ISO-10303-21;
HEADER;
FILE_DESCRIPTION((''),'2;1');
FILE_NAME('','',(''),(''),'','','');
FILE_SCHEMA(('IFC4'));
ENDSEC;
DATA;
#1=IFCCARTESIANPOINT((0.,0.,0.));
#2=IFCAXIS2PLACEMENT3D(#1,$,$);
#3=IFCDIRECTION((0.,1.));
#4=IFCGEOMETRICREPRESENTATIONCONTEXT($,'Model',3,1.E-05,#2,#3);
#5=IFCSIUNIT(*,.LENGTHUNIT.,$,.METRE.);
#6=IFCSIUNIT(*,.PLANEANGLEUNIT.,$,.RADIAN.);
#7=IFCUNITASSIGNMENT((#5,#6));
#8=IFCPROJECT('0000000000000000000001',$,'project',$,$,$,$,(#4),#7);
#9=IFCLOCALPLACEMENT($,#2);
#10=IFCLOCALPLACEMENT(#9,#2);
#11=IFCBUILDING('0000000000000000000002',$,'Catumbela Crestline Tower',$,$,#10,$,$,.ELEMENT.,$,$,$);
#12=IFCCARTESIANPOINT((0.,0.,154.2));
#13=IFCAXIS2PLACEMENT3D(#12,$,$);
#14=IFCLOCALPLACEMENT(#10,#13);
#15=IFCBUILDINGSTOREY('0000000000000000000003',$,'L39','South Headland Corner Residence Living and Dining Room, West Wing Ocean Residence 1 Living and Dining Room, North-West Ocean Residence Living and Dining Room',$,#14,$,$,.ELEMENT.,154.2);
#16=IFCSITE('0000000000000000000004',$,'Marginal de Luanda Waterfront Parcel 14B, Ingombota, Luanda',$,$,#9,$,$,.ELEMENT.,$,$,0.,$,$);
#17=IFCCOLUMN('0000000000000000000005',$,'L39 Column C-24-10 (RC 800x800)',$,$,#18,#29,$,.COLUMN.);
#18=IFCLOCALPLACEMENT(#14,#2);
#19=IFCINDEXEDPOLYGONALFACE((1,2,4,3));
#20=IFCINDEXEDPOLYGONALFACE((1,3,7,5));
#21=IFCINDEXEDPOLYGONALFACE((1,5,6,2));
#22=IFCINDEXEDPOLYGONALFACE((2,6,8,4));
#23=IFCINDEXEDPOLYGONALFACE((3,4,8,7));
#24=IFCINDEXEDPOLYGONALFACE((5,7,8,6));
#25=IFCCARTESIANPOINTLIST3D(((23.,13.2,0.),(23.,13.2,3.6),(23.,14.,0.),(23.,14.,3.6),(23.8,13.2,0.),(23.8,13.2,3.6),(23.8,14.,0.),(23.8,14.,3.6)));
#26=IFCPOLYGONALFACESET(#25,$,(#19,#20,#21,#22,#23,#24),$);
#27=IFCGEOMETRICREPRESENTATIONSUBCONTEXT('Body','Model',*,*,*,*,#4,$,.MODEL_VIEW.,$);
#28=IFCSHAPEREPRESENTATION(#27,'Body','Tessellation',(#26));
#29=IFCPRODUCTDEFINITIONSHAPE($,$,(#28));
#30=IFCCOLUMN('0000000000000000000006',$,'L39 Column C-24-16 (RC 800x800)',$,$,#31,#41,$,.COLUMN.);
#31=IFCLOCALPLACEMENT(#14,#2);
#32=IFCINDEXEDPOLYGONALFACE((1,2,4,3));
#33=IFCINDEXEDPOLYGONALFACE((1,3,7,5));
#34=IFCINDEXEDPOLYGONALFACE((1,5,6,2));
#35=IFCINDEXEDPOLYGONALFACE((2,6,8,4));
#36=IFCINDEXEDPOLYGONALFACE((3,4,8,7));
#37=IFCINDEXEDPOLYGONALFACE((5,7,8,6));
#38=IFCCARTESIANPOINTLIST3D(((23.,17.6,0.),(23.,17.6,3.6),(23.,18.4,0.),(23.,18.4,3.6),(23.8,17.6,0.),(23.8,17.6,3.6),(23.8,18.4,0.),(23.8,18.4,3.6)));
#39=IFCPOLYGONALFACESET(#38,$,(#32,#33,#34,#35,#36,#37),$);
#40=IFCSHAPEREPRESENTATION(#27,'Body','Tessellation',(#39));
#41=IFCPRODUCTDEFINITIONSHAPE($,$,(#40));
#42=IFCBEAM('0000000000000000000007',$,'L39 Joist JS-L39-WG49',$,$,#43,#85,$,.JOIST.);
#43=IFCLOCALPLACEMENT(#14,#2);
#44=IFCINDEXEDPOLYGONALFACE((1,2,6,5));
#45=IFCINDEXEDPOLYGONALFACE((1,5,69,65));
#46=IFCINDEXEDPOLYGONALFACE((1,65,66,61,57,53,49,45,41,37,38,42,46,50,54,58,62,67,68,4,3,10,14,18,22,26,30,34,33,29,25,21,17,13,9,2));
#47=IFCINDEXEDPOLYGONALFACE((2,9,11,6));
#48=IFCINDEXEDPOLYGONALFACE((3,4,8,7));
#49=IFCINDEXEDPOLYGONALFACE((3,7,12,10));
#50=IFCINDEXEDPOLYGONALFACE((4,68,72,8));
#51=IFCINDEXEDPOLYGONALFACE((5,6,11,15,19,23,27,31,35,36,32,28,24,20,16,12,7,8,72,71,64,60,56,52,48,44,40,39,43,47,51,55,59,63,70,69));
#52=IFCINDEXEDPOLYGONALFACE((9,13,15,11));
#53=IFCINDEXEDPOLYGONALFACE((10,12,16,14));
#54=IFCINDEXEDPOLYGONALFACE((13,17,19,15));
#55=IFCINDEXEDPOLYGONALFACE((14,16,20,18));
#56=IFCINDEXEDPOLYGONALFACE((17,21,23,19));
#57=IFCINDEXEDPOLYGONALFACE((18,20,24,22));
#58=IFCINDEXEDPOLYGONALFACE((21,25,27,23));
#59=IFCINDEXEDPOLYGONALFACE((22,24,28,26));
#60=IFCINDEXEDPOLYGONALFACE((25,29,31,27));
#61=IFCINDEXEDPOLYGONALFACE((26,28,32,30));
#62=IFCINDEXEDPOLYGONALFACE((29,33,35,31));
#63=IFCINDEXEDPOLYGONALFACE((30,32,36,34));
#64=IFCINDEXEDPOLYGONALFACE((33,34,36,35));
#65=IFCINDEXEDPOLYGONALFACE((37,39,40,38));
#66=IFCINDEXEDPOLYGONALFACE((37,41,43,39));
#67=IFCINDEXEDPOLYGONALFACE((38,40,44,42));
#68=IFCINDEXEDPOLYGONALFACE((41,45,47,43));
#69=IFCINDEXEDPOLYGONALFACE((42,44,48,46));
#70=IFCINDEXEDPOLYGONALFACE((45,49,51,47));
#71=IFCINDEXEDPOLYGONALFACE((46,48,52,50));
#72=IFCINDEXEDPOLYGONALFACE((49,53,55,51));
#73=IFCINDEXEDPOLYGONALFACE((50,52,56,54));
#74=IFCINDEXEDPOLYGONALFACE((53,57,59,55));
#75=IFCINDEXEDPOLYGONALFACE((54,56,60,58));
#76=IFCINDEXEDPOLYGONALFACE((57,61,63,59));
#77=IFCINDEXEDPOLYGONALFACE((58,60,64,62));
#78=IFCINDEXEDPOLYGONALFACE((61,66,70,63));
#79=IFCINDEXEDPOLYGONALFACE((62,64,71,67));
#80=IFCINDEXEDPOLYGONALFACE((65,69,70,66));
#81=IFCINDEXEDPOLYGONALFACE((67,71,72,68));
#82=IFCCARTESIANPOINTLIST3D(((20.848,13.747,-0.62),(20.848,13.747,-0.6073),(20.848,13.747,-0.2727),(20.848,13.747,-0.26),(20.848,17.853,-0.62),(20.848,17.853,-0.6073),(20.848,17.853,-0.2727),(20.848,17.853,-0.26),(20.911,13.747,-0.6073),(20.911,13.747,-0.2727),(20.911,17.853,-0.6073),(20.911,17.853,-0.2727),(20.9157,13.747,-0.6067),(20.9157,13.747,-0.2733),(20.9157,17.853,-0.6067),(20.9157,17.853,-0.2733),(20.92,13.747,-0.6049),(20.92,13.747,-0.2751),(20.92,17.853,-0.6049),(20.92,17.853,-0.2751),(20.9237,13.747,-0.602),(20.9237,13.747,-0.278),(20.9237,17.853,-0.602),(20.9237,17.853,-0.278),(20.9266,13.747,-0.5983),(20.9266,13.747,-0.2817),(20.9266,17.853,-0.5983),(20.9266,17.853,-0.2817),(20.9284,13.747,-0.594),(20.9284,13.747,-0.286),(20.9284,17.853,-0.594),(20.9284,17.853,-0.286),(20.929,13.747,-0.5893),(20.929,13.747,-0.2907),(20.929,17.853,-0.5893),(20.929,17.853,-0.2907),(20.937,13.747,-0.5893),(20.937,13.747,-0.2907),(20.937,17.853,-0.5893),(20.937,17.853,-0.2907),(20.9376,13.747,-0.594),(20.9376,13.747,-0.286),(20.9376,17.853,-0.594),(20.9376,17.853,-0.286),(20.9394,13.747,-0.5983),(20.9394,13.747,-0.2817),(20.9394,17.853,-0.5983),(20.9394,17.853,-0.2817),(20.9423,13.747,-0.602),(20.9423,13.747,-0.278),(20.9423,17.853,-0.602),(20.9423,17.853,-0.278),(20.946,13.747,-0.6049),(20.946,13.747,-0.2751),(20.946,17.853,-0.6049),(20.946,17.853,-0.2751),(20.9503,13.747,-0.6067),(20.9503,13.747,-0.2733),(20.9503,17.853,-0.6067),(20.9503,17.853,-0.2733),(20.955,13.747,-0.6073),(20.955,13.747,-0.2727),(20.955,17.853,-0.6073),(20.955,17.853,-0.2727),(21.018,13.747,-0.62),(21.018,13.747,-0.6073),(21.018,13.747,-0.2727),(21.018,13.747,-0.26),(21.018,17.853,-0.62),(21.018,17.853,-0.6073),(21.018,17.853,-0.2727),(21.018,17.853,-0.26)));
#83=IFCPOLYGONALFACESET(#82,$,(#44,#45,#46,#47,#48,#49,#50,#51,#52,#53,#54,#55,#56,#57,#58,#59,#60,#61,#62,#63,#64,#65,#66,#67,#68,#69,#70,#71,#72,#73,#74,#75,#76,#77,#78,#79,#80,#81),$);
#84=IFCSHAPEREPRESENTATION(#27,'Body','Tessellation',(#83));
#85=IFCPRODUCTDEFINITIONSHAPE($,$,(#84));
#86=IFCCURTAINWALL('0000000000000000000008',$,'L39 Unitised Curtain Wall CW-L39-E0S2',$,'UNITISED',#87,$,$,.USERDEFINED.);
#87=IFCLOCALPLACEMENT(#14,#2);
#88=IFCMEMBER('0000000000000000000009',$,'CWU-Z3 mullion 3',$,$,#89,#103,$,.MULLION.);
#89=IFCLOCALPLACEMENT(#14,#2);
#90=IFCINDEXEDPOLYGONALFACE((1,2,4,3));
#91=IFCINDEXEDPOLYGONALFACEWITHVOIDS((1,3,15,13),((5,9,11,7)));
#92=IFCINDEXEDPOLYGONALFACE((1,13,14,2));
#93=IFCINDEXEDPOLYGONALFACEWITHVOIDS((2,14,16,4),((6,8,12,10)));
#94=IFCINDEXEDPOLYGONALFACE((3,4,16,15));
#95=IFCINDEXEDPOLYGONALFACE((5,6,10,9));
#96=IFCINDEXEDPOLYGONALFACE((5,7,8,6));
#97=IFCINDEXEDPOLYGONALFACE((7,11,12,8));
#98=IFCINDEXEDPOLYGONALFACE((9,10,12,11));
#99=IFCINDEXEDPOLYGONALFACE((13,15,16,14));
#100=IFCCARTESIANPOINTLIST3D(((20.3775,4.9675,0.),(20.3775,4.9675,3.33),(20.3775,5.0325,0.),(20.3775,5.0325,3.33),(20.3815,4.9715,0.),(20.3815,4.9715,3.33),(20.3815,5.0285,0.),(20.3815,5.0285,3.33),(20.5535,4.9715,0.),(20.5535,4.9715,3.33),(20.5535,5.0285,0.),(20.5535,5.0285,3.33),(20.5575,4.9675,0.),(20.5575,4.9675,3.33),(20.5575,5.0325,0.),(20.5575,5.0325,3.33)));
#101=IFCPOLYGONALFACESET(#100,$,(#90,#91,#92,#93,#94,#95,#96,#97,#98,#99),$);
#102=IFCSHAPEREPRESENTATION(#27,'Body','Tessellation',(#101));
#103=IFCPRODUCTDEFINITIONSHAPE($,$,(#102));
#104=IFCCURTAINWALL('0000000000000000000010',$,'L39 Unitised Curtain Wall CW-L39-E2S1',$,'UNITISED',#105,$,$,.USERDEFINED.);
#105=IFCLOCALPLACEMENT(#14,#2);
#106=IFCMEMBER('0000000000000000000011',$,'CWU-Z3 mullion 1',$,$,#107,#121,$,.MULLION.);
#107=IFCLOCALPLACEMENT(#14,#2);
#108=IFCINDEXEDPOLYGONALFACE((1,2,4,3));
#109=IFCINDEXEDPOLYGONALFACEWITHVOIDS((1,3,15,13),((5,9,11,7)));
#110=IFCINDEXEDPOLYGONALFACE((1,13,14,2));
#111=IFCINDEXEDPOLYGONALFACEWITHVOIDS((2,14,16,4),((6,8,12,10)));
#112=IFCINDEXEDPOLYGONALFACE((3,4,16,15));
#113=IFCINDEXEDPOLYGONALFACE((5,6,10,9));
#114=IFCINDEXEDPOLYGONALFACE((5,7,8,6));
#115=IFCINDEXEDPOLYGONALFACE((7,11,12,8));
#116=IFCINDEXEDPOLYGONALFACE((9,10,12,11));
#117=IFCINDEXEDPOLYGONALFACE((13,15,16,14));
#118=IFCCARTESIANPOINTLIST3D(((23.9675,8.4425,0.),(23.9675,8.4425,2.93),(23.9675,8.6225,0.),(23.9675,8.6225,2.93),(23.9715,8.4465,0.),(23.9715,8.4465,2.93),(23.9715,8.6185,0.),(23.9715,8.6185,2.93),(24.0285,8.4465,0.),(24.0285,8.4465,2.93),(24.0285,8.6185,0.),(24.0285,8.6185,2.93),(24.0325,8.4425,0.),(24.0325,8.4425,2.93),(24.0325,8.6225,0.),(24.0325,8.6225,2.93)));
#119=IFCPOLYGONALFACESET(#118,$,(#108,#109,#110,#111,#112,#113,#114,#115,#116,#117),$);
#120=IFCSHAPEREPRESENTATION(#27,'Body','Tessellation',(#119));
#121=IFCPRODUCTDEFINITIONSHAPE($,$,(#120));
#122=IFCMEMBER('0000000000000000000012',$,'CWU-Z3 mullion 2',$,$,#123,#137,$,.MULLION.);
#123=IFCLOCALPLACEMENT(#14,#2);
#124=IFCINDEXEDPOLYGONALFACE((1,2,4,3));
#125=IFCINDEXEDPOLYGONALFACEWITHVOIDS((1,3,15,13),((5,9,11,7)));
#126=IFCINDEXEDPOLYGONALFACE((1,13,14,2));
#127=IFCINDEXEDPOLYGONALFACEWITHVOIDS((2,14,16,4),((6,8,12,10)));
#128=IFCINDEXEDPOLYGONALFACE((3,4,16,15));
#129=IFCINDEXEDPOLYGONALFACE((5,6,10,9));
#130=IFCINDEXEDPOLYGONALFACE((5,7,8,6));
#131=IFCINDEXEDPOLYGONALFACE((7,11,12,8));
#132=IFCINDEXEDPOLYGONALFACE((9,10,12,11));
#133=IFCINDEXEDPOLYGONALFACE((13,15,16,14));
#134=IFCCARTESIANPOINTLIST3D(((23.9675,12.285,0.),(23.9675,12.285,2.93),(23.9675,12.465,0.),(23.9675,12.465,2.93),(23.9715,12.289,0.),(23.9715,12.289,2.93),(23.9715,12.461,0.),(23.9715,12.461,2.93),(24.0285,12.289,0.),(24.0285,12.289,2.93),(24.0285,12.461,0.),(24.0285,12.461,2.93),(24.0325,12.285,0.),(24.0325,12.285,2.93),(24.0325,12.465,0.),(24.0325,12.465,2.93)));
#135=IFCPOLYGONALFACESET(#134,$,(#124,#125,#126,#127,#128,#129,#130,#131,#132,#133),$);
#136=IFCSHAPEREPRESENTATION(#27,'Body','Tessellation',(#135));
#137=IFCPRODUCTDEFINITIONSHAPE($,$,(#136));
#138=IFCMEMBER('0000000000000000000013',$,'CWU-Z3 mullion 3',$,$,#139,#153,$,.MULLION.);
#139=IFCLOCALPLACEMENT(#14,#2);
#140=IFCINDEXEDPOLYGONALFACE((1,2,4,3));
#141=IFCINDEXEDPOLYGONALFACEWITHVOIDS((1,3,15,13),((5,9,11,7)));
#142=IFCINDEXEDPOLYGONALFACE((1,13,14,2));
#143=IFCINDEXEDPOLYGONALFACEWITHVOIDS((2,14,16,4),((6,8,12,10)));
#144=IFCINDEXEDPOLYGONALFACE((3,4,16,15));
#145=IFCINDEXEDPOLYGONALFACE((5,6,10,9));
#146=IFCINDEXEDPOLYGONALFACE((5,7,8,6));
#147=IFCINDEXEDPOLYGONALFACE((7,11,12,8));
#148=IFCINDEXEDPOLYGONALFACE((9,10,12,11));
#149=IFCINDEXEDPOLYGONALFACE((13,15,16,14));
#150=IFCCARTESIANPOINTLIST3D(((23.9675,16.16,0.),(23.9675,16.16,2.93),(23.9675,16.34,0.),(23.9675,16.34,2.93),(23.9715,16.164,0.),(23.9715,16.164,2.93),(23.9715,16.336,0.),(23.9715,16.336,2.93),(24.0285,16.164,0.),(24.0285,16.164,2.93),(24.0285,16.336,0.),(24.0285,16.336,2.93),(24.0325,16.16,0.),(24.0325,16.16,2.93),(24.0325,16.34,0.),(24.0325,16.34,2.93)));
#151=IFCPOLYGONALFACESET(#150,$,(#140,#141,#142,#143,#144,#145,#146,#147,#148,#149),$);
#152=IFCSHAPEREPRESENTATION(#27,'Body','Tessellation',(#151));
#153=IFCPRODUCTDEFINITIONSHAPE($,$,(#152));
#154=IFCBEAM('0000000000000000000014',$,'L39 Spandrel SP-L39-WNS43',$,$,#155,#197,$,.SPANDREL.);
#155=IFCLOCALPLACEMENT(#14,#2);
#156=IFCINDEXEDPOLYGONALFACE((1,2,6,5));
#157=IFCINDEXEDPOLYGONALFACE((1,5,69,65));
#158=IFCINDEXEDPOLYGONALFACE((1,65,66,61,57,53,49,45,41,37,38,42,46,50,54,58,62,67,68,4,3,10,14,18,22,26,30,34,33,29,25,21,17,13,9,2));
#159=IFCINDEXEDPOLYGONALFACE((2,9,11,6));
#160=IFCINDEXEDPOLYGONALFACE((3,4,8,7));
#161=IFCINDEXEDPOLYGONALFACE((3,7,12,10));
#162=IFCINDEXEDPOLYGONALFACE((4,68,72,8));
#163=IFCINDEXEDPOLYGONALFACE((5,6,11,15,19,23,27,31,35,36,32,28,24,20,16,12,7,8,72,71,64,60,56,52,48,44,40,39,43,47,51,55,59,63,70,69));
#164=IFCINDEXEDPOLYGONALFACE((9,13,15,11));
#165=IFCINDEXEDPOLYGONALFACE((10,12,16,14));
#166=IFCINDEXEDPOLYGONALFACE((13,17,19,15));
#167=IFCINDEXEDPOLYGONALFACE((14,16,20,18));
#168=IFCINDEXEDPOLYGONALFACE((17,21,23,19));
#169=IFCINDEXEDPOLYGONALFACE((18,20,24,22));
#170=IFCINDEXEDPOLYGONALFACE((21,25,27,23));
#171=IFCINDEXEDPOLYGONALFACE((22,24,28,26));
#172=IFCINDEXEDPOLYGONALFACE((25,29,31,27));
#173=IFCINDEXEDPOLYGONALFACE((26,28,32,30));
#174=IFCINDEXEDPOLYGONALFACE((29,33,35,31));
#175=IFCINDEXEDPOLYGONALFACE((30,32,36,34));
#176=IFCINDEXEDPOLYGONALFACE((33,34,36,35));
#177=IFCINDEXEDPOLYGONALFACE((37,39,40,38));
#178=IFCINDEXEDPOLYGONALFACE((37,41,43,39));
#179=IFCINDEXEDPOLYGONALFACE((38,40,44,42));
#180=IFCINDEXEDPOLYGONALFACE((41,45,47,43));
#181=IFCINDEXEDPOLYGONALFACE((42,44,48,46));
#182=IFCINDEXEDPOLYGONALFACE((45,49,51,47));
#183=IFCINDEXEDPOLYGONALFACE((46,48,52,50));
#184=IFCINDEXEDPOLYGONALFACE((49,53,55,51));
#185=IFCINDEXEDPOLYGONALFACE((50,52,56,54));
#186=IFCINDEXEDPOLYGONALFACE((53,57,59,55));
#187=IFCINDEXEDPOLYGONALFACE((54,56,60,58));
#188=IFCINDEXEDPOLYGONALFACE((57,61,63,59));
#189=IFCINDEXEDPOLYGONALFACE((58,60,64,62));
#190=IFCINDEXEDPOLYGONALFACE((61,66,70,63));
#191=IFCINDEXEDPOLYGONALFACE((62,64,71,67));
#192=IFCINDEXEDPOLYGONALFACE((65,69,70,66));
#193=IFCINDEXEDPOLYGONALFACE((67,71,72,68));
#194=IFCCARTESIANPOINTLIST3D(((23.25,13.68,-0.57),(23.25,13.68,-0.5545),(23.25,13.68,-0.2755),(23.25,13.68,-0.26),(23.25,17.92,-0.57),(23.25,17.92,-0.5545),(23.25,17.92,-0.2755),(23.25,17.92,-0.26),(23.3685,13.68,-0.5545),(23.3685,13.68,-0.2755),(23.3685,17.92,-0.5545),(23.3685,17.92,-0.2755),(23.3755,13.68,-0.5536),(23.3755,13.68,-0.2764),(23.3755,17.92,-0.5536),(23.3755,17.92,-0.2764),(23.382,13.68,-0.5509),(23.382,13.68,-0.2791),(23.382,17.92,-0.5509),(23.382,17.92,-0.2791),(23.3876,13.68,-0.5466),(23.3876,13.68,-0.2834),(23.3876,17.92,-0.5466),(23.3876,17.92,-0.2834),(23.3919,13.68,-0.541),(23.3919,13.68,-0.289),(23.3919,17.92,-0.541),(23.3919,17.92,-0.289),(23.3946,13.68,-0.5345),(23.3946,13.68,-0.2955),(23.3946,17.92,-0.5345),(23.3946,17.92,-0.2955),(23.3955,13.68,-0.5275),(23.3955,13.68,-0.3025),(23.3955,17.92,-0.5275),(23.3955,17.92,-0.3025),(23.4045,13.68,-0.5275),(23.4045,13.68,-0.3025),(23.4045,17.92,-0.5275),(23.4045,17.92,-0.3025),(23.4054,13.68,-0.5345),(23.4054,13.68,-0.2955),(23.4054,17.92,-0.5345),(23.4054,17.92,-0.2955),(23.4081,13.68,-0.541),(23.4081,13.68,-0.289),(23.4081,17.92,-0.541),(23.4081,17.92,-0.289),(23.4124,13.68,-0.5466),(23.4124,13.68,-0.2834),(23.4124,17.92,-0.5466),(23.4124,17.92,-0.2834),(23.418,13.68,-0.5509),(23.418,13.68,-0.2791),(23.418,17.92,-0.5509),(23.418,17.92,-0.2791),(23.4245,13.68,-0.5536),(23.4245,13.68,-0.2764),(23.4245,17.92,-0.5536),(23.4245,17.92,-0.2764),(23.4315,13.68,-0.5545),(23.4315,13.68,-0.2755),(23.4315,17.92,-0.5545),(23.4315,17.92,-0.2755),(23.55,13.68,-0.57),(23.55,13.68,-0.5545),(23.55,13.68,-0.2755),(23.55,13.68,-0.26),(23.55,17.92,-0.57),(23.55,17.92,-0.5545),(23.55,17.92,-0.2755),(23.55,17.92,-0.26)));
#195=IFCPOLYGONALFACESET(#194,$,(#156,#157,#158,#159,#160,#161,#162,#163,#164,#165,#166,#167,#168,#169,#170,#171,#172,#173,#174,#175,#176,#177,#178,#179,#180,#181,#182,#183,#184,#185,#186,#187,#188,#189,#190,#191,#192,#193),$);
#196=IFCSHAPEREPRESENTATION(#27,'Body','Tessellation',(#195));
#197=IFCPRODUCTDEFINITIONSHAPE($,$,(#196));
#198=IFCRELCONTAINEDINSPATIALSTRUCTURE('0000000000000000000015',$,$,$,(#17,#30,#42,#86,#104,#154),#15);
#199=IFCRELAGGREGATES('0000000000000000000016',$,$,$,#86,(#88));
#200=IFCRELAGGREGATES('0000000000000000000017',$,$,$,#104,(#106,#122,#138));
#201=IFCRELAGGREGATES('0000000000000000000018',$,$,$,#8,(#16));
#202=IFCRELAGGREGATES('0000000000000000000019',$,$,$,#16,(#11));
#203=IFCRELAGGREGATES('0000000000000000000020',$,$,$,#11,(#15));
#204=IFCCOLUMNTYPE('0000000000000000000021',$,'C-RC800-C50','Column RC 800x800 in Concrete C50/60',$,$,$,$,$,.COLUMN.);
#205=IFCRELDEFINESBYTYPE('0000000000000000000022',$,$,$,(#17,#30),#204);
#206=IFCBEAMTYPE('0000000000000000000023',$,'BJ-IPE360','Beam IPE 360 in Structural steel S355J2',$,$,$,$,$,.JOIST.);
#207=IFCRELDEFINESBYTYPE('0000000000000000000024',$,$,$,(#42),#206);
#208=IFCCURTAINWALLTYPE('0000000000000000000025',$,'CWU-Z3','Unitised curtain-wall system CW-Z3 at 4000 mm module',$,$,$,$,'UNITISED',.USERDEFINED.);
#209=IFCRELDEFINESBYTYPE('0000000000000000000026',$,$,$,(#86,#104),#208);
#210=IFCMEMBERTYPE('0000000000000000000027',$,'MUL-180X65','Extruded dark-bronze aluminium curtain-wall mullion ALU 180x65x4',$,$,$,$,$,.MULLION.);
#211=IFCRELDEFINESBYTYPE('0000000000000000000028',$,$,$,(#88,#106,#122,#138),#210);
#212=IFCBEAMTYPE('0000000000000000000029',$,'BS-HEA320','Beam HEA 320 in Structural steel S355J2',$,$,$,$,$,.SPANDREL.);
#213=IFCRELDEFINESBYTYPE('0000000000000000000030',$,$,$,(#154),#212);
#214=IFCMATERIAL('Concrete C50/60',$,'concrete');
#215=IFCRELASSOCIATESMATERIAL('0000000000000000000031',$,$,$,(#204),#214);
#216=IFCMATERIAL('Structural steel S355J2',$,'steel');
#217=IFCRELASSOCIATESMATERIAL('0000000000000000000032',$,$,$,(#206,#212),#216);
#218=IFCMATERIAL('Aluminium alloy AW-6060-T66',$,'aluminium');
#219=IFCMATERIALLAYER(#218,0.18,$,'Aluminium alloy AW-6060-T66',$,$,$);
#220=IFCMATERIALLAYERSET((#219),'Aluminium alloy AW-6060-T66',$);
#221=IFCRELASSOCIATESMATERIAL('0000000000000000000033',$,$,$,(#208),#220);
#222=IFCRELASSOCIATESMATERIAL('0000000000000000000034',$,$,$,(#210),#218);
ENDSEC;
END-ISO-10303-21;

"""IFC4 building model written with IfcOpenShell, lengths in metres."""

from ifc_helpers import new_model, si_unit, direction, frame, origin, origin_2d, place, context, subcontext, project, spatial, rectangle, hollow_rectangle, i_section, extrude, material, layer, layer_set, material_profile, profile_set, type_object, element, aggregate, save


model = new_model("IFC4")

# Units and contexts
model_context = context("Model", 3, precision=1e-05, world=origin(), true_north=direction((0.0, 1.0)))
body_context = subcontext(model_context, "Body", "Model", "MODEL_VIEW")
ifc_project = project(units=[si_unit("LENGTHUNIT", "METRE"), si_unit("PLANEANGLEUNIT", "RADIAN")], contexts=[model_context])

# Site, building, storey
site_placement = place(None, origin())
site = spatial("IfcSite", under=ifc_project, at=site_placement, Name="Marginal de Luanda Waterfront Parcel 14B, Ingombota, Luanda", CompositionType="ELEMENT", RefElevation=0.0)
building_placement = place(site_placement, origin())
building = spatial("IfcBuilding", under=site, at=building_placement, Name="Catumbela Crestline Tower", CompositionType="ELEMENT")
storey_placement = place(building_placement, frame((0.0, 0.0, 154.2)))
storey = spatial("IfcBuildingStorey", under=building, at=storey_placement, Name="L39", Description="South Headland Corner Residence Living and Dining Room, West Wing Ocean Residence 1 Living and Dining Room, North-West Ocean Residence Living and Dining Room", CompositionType="ELEMENT", Elevation=154.2)

# Columns
ifc_material_1 = material(Name="Concrete C50/60", Category="concrete")
ifc_material_profile_1 = material_profile(ifc_material_1, rectangle(XDim=0.8, YDim=0.8, at=origin_2d()), Name="RC 800x800")
ifc_profile_set_1 = profile_set([ifc_material_profile_1], Name="Concrete C50/60")
column_type = type_object("IfcColumnType", Name="C-RC800-C50", Description="Column RC 800x800 in Concrete C50/60", PredefinedType="COLUMN", material=ifc_profile_set_1)
for number, where, z_axis, x_axis, name in (
    (1, (23.4, 13.6, 0.0), (0.0, 0.0, 1.0), (1.0, 0.0, 0.0), "L39 Column C-24-10 (RC 800x800)"),
    (2, (23.4, 18.0, 0.0), (0.0, 0.0, 1.0), (1.0, 0.0, 0.0), "L39 Column C-24-16 (RC 800x800)"),
):
    element("IfcColumn", number, at=place(storey_placement, frame(where, z_axis=z_axis, x_axis=x_axis)), inside=storey, type_object=column_type, Name=name, PredefinedType="COLUMN", context=body_context, shape_type="SweptSolid", body=[
        extrude(rectangle(XDim=0.8, YDim=0.8, at=origin_2d()), origin(), (0.0, 0.0, 1.0), 3.6),
    ])

# Beam
ifc_material_2 = material(Name="Structural steel S355J2", Category="steel")
ifc_material_profile_2 = material_profile(ifc_material_2, i_section(OverallWidth=0.17, OverallDepth=0.36, WebThickness=0.008, FlangeThickness=0.0127, FilletRadius=0.018, at=origin_2d()), Name="IPE 360")
ifc_profile_set_2 = profile_set([ifc_material_profile_2], Name="Structural steel S355J2")
beam_type_1 = type_object("IfcBeamType", Name="BJ-IPE360", Description="Beam IPE 360 in Structural steel S355J2", PredefinedType="JOIST", material=ifc_profile_set_2)
beam_1_placement = place(storey_placement, frame((20.933, 13.747, -0.44), z_axis=(0.0, 1.0, 0.0), x_axis=(-1.0, 0.0, 0.0)))
element("IfcBeam", 3, at=beam_1_placement, inside=storey, type_object=beam_type_1, Name="L39 Joist JS-L39-WG49", PredefinedType="JOIST", context=body_context, shape_type="SweptSolid", body=[
    extrude(i_section(OverallWidth=0.17, OverallDepth=0.36, WebThickness=0.008, FlangeThickness=0.0127, FilletRadius=0.018, at=origin_2d()), origin(), (0.0, 0.0, 1.0), 4.106),
])

# Curtain wall, member
ifc_material_3 = material(Name="Aluminium alloy AW-6060-T66", Category="aluminium")
ifc_layer_1 = layer(ifc_material_3, 0.18, Name="Aluminium alloy AW-6060-T66")
ifc_layer_set_1 = layer_set([ifc_layer_1], Name="Aluminium alloy AW-6060-T66")
curtain_wall_type = type_object("IfcCurtainWallType", Name="CWU-Z3", Description="Unitised curtain-wall system CW-Z3 at 4000 mm module", ElementType="UNITISED", PredefinedType="USERDEFINED", material=ifc_layer_set_1)
curtain_wall_1_placement = place(storey_placement, origin())
curtain_wall_1 = element("IfcCurtainWall", 4, at=curtain_wall_1_placement, inside=storey, type_object=curtain_wall_type, Name="L39 Unitised Curtain Wall CW-L39-E0S2", ObjectType="UNITISED", PredefinedType="USERDEFINED")
ifc_material_profile_3 = material_profile(ifc_material_3, hollow_rectangle(XDim=0.065, YDim=0.18, WallThickness=0.004, at=origin_2d()), Name="ALU 180x65x4")
ifc_profile_set_3 = profile_set([ifc_material_profile_3], Name="Aluminium alloy AW-6060-T66")
member_type_1 = type_object("IfcMemberType", Name="MUL-180X65", Description="Extruded dark-bronze aluminium curtain-wall mullion ALU 180x65x4", PredefinedType="MULLION", material=ifc_profile_set_3)
member_1_placement = place(storey_placement, frame((20.4675, 5.0, 0.0), z_axis=(0.0, 0.0, 1.0), x_axis=(0.0, 1.0, 0.0)))
member_1 = element("IfcMember", 5, at=member_1_placement, type_object=member_type_1, Name="CWU-Z3 mullion 3", PredefinedType="MULLION", context=body_context, shape_type="SweptSolid", body=[
    extrude(hollow_rectangle(XDim=0.065, YDim=0.18, WallThickness=0.004, at=origin_2d()), origin(), (0.0, 0.0, 1.0), 3.33),
])
aggregate(curtain_wall_1, [member_1])

# Curtain wall, members
curtain_wall_2_placement = place(storey_placement, origin())
curtain_wall_2 = element("IfcCurtainWall", 6, at=curtain_wall_2_placement, inside=storey, type_object=curtain_wall_type, Name="L39 Unitised Curtain Wall CW-L39-E2S1", ObjectType="UNITISED", PredefinedType="USERDEFINED")
member_2_placement = place(storey_placement, frame((24.0, 8.5325, 0.0), z_axis=(0.0, 0.0, 1.0), x_axis=(-1.0, 0.0, 0.0)))
member_2 = element("IfcMember", 7, at=member_2_placement, type_object=member_type_1, Name="CWU-Z3 mullion 1", PredefinedType="MULLION", context=body_context, shape_type="SweptSolid", body=[
    extrude(hollow_rectangle(XDim=0.065, YDim=0.18, WallThickness=0.004, at=origin_2d()), origin(), (0.0, 0.0, 1.0), 2.93),
])
member_3_placement = place(storey_placement, frame((24.0, 12.375, 0.0), z_axis=(0.0, 0.0, 1.0), x_axis=(-1.0, 0.0, 0.0)))
member_3 = element("IfcMember", 8, at=member_3_placement, type_object=member_type_1, Name="CWU-Z3 mullion 2", PredefinedType="MULLION", context=body_context, shape_type="SweptSolid", body=[
    extrude(hollow_rectangle(XDim=0.065, YDim=0.18, WallThickness=0.004, at=origin_2d()), origin(), (0.0, 0.0, 1.0), 2.93),
])
member_4_placement = place(storey_placement, frame((24.0, 16.25, 0.0), z_axis=(0.0, 0.0, 1.0), x_axis=(-1.0, 0.0, 0.0)))
member_4 = element("IfcMember", 9, at=member_4_placement, type_object=member_type_1, Name="CWU-Z3 mullion 3", PredefinedType="MULLION", context=body_context, shape_type="SweptSolid", body=[
    extrude(hollow_rectangle(XDim=0.065, YDim=0.18, WallThickness=0.004, at=origin_2d()), origin(), (0.0, 0.0, 1.0), 2.93),
])

# Beam
ifc_material_profile_4 = material_profile(ifc_material_2, i_section(OverallWidth=0.3, OverallDepth=0.31, WebThickness=0.009, FlangeThickness=0.0155, FilletRadius=0.027, at=origin_2d()), Name="HEA 320")
ifc_profile_set_4 = profile_set([ifc_material_profile_4], Name="Structural steel S355J2")
beam_type_2 = type_object("IfcBeamType", Name="BS-HEA320", Description="Beam HEA 320 in Structural steel S355J2", PredefinedType="SPANDREL", material=ifc_profile_set_4)
beam_2_placement = place(storey_placement, frame((23.4, 13.68, -0.415), z_axis=(0.0, 1.0, 0.0), x_axis=(-1.0, 0.0, 0.0)))
element("IfcBeam", 10, at=beam_2_placement, inside=storey, type_object=beam_type_2, Name="L39 Spandrel SP-L39-WNS43", PredefinedType="SPANDREL", context=body_context, shape_type="SweptSolid", body=[
    extrude(i_section(OverallWidth=0.3, OverallDepth=0.31, WebThickness=0.009, FlangeThickness=0.0155, FilletRadius=0.027, at=origin_2d()), origin(), (0.0, 0.0, 1.0), 4.24),
])

aggregate(curtain_wall_2, [member_2, member_3, member_4])

save(model, "model.ifc")
